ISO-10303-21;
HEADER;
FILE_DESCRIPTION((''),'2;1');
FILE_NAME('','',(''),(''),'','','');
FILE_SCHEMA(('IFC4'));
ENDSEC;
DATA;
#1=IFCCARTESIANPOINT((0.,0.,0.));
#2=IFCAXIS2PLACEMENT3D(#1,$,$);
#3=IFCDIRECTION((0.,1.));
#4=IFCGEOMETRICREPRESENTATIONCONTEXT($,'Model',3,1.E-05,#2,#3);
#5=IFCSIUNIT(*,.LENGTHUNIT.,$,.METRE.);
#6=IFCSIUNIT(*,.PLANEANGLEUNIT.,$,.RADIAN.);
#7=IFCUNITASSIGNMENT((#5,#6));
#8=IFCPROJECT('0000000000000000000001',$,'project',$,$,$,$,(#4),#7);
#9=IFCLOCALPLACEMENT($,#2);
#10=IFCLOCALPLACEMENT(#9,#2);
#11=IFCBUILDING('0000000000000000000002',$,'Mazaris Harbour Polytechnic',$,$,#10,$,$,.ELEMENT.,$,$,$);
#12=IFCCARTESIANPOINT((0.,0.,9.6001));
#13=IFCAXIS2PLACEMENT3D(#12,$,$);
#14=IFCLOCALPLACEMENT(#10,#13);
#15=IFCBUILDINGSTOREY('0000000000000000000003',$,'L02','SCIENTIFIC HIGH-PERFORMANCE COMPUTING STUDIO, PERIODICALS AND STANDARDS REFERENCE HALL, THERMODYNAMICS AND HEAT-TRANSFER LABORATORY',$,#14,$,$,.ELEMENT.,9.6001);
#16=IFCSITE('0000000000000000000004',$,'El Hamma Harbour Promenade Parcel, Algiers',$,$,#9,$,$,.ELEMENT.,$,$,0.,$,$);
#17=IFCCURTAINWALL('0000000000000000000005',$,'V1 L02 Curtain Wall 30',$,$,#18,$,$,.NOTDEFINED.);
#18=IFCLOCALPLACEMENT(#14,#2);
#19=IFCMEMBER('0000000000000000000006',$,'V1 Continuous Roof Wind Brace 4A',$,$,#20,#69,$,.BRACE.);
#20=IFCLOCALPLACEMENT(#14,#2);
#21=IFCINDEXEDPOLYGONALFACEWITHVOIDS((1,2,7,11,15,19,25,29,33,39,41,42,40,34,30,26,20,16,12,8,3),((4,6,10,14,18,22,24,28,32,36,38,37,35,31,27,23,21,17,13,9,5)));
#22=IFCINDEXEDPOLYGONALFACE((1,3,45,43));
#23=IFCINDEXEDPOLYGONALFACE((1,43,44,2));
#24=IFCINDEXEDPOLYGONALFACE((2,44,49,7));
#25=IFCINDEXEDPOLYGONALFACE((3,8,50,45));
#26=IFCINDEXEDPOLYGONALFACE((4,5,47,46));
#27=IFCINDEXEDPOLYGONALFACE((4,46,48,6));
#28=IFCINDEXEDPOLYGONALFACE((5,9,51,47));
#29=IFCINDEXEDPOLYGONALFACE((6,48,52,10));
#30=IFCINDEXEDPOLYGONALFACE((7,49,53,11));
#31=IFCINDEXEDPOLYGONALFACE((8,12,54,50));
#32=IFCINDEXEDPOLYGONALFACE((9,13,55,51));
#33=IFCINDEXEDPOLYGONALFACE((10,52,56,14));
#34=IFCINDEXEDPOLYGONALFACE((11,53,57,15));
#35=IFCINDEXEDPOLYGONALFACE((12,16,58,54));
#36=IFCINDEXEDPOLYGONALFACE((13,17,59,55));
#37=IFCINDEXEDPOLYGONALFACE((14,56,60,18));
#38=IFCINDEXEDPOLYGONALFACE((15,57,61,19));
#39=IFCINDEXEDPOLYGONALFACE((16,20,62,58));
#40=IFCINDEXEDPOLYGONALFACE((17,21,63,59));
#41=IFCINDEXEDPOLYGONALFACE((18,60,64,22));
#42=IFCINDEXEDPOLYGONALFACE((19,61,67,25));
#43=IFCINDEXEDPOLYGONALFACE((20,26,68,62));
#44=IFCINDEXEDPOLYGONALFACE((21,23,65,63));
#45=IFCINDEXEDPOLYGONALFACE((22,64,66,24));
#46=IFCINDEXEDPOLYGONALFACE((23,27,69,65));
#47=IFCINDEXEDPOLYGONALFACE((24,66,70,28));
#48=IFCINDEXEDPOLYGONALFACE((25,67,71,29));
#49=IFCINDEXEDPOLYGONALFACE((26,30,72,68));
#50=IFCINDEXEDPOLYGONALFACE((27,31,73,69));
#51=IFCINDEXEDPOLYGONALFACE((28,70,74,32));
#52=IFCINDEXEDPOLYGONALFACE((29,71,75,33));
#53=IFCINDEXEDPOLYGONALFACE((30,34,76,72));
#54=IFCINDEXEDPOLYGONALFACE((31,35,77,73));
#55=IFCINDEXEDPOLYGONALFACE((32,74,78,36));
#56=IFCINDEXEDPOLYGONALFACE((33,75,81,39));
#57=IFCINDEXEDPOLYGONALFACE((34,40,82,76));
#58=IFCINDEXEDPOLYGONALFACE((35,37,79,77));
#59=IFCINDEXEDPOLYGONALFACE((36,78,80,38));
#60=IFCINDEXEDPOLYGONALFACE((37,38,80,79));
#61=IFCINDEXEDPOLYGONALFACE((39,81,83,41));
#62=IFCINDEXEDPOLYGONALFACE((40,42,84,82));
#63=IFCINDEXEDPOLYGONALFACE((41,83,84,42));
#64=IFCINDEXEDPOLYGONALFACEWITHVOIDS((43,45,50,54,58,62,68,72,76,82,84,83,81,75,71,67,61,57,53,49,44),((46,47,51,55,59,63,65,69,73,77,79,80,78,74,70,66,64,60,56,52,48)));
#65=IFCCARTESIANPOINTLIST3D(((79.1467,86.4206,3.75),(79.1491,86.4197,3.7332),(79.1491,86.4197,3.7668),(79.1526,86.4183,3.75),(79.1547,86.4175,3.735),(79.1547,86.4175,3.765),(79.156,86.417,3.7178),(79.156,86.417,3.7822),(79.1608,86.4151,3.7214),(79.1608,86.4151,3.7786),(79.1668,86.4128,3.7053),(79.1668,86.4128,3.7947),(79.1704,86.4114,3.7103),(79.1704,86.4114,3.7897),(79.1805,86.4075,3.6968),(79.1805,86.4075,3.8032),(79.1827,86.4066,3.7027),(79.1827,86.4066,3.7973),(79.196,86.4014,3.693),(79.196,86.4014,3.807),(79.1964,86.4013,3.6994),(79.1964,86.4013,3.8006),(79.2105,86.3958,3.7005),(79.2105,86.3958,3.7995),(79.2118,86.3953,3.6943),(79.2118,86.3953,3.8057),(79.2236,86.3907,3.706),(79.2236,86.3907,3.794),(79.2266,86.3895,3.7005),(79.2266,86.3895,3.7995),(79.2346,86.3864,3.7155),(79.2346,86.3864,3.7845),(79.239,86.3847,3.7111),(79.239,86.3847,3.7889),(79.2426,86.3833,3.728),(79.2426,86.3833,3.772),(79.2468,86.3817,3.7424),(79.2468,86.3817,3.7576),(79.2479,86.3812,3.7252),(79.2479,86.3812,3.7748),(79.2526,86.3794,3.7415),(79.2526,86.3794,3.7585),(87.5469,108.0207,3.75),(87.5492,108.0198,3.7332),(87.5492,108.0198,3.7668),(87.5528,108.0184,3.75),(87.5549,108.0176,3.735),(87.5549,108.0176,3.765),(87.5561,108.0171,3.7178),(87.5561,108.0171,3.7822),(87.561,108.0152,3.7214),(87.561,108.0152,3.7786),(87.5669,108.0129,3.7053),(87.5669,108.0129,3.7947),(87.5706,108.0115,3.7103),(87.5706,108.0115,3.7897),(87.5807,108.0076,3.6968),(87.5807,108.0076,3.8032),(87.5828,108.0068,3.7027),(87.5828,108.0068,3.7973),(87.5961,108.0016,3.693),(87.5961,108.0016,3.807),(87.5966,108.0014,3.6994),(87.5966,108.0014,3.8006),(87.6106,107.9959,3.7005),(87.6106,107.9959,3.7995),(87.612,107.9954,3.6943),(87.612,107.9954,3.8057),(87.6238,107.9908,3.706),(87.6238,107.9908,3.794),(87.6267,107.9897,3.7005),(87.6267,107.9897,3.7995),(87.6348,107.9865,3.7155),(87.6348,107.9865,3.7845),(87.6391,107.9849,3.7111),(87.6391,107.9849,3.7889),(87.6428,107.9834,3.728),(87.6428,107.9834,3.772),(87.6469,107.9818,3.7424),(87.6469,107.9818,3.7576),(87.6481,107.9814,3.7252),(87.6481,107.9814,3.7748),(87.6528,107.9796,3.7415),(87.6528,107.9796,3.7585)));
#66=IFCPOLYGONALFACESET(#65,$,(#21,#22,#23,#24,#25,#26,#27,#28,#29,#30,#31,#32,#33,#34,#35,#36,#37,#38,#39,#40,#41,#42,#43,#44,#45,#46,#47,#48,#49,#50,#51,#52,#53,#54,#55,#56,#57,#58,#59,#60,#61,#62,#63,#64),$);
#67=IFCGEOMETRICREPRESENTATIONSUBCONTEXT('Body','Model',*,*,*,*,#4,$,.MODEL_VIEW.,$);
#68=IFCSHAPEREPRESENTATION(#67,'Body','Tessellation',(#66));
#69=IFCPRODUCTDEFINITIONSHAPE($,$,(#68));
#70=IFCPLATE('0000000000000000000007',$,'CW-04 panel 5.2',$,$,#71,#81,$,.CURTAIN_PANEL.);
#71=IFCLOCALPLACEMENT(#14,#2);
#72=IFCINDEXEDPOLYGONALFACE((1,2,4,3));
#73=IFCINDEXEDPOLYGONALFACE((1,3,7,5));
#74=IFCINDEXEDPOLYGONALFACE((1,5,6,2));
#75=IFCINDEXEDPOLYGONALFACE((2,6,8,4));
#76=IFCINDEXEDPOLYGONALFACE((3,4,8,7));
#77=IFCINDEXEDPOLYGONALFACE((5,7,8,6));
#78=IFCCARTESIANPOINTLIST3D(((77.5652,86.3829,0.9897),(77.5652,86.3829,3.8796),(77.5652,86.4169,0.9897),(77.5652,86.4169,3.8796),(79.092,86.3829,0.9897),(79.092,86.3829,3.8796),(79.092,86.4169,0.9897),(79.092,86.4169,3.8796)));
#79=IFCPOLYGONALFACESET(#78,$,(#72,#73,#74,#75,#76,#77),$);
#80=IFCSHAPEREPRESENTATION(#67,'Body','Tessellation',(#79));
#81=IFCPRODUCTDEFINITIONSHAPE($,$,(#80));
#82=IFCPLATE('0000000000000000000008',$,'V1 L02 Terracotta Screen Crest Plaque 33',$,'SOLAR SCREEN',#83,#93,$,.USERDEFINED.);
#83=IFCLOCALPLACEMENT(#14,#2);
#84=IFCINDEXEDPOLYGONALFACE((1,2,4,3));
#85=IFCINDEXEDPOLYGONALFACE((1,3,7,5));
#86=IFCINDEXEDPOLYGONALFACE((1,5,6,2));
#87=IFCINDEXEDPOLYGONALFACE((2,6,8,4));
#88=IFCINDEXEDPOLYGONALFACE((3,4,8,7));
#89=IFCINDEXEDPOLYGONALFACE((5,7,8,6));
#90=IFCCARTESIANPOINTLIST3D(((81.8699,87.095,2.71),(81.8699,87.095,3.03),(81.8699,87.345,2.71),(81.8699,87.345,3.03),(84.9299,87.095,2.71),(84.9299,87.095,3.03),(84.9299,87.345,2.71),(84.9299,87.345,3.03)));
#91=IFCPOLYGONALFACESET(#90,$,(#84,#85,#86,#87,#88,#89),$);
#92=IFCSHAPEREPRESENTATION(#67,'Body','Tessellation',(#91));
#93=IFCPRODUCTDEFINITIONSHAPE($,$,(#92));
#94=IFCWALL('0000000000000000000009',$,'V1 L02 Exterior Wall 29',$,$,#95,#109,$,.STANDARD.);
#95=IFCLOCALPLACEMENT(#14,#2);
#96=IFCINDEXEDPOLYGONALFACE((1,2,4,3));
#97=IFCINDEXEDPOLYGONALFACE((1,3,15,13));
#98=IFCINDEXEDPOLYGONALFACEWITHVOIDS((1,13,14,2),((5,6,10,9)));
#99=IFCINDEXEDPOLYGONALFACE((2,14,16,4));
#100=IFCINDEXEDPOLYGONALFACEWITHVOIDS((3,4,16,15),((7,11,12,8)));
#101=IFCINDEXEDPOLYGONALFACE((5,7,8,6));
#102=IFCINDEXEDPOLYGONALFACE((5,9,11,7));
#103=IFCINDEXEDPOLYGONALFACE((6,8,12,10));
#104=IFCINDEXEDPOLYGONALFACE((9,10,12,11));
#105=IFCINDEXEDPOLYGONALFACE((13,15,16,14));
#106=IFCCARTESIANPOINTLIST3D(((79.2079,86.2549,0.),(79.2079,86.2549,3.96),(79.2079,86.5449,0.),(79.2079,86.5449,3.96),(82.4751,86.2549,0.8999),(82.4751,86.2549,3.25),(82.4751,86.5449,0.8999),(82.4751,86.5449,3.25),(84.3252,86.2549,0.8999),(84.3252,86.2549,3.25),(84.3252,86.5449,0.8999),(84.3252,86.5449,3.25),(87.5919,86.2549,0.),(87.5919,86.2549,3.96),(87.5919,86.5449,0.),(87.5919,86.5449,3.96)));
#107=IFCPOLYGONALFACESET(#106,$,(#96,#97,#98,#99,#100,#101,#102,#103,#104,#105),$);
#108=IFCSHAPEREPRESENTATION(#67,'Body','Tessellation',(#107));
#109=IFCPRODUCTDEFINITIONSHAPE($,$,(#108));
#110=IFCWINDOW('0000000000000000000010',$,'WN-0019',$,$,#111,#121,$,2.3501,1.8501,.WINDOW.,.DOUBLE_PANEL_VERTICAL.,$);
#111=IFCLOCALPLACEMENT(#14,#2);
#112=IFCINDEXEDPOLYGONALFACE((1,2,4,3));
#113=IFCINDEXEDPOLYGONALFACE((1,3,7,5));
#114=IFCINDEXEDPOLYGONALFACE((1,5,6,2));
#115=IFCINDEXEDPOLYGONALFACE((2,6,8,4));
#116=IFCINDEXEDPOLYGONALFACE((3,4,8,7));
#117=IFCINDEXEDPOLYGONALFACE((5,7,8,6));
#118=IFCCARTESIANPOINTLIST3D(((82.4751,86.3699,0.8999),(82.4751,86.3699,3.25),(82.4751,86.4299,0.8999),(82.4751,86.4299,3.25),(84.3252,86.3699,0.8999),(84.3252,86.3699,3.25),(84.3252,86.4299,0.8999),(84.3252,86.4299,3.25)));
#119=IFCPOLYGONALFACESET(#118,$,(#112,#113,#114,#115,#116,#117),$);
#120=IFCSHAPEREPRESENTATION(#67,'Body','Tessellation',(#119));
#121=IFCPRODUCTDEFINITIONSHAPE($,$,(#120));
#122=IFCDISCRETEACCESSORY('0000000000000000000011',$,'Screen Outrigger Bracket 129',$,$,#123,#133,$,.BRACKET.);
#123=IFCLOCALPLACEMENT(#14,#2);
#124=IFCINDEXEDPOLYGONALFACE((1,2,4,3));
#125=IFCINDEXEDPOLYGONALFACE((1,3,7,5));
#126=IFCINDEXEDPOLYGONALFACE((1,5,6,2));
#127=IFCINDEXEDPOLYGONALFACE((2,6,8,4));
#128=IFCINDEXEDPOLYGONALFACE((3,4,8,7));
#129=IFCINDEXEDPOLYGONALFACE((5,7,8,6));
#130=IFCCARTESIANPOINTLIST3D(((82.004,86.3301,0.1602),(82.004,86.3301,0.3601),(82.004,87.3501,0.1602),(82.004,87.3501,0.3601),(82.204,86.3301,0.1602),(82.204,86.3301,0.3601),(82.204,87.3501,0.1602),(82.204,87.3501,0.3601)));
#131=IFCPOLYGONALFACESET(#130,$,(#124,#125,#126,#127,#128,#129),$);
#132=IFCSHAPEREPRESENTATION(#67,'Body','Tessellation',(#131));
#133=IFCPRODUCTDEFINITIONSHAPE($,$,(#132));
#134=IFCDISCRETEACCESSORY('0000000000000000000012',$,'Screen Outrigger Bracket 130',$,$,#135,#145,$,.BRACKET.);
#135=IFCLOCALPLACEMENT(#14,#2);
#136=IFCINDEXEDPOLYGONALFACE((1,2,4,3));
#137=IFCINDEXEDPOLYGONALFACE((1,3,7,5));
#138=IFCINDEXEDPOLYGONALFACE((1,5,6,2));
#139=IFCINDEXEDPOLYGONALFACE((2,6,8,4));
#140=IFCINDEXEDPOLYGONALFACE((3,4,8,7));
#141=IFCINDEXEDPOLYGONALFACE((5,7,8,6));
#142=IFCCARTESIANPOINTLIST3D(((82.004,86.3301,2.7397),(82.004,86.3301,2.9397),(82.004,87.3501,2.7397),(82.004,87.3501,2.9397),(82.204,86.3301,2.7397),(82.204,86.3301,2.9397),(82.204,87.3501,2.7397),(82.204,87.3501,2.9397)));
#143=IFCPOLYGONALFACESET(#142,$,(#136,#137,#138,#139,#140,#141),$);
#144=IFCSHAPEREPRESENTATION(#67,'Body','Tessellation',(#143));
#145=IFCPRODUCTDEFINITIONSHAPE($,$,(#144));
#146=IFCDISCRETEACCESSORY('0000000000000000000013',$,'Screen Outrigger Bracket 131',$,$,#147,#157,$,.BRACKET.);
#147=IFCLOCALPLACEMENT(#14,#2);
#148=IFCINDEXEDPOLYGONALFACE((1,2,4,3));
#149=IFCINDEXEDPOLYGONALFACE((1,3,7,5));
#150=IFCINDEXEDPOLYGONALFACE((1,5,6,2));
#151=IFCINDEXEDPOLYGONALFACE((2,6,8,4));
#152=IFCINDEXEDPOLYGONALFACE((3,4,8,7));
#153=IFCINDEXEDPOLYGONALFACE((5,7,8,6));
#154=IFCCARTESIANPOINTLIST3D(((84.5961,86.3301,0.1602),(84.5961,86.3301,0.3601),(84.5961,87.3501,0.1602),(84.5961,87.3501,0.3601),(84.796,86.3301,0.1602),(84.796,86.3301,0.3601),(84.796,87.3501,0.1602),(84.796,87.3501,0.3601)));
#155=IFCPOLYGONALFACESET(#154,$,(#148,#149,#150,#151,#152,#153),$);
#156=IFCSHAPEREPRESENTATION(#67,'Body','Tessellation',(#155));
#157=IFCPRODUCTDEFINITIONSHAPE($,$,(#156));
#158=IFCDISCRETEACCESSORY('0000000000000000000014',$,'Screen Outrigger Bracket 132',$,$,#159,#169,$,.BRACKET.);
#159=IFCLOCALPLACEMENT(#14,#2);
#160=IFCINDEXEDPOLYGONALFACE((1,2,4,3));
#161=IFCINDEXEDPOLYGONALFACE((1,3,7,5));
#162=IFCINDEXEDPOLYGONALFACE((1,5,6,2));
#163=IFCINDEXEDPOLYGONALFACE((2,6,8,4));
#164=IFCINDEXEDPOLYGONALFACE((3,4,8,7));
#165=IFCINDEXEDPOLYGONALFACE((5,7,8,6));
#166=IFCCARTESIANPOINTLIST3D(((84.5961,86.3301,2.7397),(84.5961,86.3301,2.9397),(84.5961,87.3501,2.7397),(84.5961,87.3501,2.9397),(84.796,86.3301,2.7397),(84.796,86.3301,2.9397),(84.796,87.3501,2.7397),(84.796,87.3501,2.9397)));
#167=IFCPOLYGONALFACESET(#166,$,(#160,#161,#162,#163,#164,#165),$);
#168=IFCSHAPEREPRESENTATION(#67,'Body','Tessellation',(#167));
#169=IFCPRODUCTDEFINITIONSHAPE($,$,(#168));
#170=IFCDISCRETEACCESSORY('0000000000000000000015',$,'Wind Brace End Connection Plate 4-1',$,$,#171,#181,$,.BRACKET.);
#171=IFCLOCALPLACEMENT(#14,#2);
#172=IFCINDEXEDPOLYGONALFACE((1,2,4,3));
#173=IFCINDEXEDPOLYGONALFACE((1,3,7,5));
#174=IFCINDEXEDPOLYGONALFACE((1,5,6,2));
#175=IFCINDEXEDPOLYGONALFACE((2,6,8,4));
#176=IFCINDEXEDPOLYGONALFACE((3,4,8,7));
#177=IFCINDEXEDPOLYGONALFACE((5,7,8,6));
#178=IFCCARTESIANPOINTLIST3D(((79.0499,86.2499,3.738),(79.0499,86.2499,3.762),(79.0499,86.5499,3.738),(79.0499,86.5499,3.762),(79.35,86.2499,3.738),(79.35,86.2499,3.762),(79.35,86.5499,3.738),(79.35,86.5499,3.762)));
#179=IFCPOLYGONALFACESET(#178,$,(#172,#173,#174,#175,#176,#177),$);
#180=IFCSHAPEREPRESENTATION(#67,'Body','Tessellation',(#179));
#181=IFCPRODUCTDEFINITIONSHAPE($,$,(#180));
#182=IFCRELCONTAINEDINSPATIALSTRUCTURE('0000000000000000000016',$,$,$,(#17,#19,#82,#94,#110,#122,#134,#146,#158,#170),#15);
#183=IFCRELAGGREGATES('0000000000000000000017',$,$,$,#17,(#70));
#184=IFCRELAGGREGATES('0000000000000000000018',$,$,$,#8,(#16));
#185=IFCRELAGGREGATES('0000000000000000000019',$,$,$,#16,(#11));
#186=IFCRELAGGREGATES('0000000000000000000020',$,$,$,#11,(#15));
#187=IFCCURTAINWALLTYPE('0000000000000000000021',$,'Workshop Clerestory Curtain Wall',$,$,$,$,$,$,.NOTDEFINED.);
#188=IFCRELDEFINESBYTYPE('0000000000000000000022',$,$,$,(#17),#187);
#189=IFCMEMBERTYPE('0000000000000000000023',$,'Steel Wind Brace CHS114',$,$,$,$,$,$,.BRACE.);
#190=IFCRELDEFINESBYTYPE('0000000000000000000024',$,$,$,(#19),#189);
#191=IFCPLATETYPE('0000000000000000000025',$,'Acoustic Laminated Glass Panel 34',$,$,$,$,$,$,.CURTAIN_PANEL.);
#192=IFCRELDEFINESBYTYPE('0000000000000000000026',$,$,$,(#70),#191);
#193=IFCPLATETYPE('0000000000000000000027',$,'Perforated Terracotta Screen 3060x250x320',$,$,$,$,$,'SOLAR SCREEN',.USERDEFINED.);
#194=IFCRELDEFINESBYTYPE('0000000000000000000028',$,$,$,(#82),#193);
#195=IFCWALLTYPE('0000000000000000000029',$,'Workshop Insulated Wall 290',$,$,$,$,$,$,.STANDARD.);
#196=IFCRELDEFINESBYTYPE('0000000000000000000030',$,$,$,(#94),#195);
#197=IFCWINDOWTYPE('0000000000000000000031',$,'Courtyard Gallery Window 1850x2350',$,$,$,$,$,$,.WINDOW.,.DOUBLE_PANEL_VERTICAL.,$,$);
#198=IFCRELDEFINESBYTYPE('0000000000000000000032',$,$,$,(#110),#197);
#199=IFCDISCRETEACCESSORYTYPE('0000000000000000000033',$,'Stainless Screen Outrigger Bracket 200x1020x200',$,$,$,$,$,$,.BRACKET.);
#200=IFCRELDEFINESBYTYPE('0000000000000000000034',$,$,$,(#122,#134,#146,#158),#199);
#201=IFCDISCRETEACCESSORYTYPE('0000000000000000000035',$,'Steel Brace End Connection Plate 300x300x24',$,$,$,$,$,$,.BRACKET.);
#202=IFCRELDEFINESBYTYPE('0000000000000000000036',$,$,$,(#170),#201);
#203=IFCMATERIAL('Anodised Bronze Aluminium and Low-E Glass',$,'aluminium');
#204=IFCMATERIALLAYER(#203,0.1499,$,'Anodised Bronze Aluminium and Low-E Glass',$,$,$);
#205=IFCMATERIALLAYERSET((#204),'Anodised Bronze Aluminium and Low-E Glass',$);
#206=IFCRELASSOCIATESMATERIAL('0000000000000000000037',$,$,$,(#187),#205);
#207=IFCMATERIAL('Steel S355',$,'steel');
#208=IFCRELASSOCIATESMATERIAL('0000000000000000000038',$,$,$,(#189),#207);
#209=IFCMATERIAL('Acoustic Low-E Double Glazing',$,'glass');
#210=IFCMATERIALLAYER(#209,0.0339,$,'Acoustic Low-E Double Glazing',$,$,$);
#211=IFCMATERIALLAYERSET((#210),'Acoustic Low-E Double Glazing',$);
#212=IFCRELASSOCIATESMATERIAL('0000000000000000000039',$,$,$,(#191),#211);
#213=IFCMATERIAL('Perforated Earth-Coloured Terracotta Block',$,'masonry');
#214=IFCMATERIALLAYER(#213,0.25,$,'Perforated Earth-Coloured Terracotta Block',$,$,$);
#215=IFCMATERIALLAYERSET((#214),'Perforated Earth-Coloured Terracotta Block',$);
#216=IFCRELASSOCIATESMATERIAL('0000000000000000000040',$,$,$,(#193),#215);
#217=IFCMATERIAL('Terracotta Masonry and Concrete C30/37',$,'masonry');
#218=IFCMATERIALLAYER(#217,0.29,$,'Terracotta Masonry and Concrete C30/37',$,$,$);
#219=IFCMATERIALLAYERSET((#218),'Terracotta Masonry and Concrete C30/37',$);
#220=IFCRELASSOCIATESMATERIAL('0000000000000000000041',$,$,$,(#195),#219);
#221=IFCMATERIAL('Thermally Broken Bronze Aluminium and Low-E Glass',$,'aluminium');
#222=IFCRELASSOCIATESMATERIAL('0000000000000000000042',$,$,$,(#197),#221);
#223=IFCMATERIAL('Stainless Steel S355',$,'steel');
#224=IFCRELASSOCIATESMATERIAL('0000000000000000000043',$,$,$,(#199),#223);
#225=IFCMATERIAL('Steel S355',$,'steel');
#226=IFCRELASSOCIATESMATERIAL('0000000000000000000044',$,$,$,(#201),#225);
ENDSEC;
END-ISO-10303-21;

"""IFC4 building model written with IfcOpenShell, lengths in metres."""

from ifc_helpers import new_model, si_unit, direction, frame, frame_2d, origin, origin_2d, place, context, subcontext, project, spatial, rectangle, hollow_circle, extrude, material, layer, layer_set, material_profile, profile_set, type_object, element, fill, aggregate, save


model = new_model("IFC4")

# Units and contexts
model_context = context("Model", 3, precision=1e-05, world=origin(), true_north=direction((0.0, 1.0)))
body_context = subcontext(model_context, "Body", "Model", "MODEL_VIEW")
ifc_project = project(units=[si_unit("LENGTHUNIT", "METRE"), si_unit("PLANEANGLEUNIT", "RADIAN")], contexts=[model_context])

# Site, building, storey
site_placement = place(None, origin())
site = spatial("IfcSite", under=ifc_project, at=site_placement, Name="El Hamma Harbour Promenade Parcel, Algiers", CompositionType="ELEMENT", RefElevation=0.0)
building_placement = place(site_placement, origin())
building = spatial("IfcBuilding", under=site, at=building_placement, Name="Mazaris Harbour Polytechnic", CompositionType="ELEMENT")
storey_placement = place(building_placement, frame((0.0, 0.0, 9.6001)))
storey = spatial("IfcBuildingStorey", under=building, at=storey_placement, Name="L02", Description="SCIENTIFIC HIGH-PERFORMANCE COMPUTING STUDIO, PERIODICALS AND STANDARDS REFERENCE HALL, THERMODYNAMICS AND HEAT-TRANSFER LABORATORY", CompositionType="ELEMENT", Elevation=9.6001)

# Curtain wall
ifc_material_1 = material(Name="Anodised Bronze Aluminium and Low-E Glass", Category="aluminium")
ifc_layer_1 = layer(ifc_material_1, 0.1499, Name="Anodised Bronze Aluminium and Low-E Glass")
ifc_layer_set_1 = layer_set([ifc_layer_1], Name="Anodised Bronze Aluminium and Low-E Glass")
curtain_wall_type = type_object("IfcCurtainWallType", Name="Workshop Clerestory Curtain Wall", PredefinedType="NOTDEFINED", material=ifc_layer_set_1)
curtain_wall_placement = place(storey_placement, origin())
curtain_wall = element("IfcCurtainWall", 1, at=curtain_wall_placement, inside=storey, type_object=curtain_wall_type, Name="V1 L02 Curtain Wall 30", PredefinedType="NOTDEFINED")

# Member
ifc_material_2 = material(Name="Steel S355", Category="steel")
ifc_material_profile_1 = material_profile(ifc_material_2, hollow_circle(Radius=0.0571, WallThickness=0.0063, at=origin_2d()), Name="CHS 114.3x6.3")
ifc_profile_set_1 = profile_set([ifc_material_profile_1], Name="Steel S355")
member_type_1 = type_object("IfcMemberType", Name="Steel Wind Brace CHS114", PredefinedType="BRACE", material=ifc_profile_set_1)
member_1_placement = place(storey_placement, frame((79.2, 86.3999, 3.75), z_axis=(0.36245, 0.932003, 0.0), x_axis=(-0.932003, 0.36245, 0.0)))
element("IfcMember", 2, at=member_1_placement, inside=storey, type_object=member_type_1, Name="V1 Continuous Roof Wind Brace 4A", PredefinedType="BRACE", context=body_context, shape_type="SweptSolid", body=[
    extrude(hollow_circle(Radius=0.0571, WallThickness=0.0063, at=origin_2d()), origin(), (0.0, 0.0, 1.0), 23.176),
])

# Plates
ifc_material_3 = material(Name="Acoustic Low-E Double Glazing", Category="glass")
ifc_layer_2 = layer(ifc_material_3, 0.0339, Name="Acoustic Low-E Double Glazing")
ifc_layer_set_2 = layer_set([ifc_layer_2], Name="Acoustic Low-E Double Glazing")
plate_type_1 = type_object("IfcPlateType", Name="Acoustic Laminated Glass Panel 34", PredefinedType="CURTAIN_PANEL", material=ifc_layer_set_2)
plate_1_placement = place(storey_placement, frame((78.3286, 86.3999, 0.9897), z_axis=(0.0, 0.0, 1.0), x_axis=(1.0, 0.0, 0.0)))
plate_1 = element("IfcPlate", 3, at=plate_1_placement, type_object=plate_type_1, Name="CW-04 panel 5.2", PredefinedType="CURTAIN_PANEL", context=body_context, shape_type="SweptSolid", body=[
    extrude(rectangle(XDim=1.5269, YDim=0.0339, at=origin_2d()), origin(), (0.0, 0.0, 1.0), 2.8899),
])
aggregate(curtain_wall, [plate_1])
ifc_material_4 = material(Name="Perforated Earth-Coloured Terracotta Block", Category="masonry")
ifc_layer_3 = layer(ifc_material_4, 0.25, Name="Perforated Earth-Coloured Terracotta Block")
ifc_layer_set_3 = layer_set([ifc_layer_3], Name="Perforated Earth-Coloured Terracotta Block")
plate_type_2 = type_object("IfcPlateType", Name="Perforated Terracotta Screen 3060x250x320", ElementType="SOLAR SCREEN", PredefinedType="USERDEFINED", material=ifc_layer_set_3)
plate_2_placement = place(storey_placement, frame((83.3999, 87.22, 2.71), z_axis=(0.0, 0.0, 1.0), x_axis=(1.0, 0.0, 0.0)))
element("IfcPlate", 4, at=plate_2_placement, inside=storey, type_object=plate_type_2, Name="V1 L02 Terracotta Screen Crest Plaque 33", ObjectType="SOLAR SCREEN", PredefinedType="USERDEFINED", context=body_context, shape_type="SweptSolid", body=[
    extrude(rectangle(XDim=3.0601, YDim=0.25, at=origin_2d()), origin(), (0.0, 0.0, 1.0), 0.3201),
])

# Wall, opening, window
ifc_material_5 = material(Name="Terracotta Masonry and Concrete C30/37", Category="masonry")
ifc_layer_4 = layer(ifc_material_5, 0.29, Name="Terracotta Masonry and Concrete C30/37")
ifc_layer_set_4 = layer_set([ifc_layer_4], Name="Terracotta Masonry and Concrete C30/37")
wall_type = type_object("IfcWallType", Name="Workshop Insulated Wall 290", PredefinedType="STANDARD", material=ifc_layer_set_4)
wall_placement = place(storey_placement, frame((79.208, 86.3999, 0.0), z_axis=(0.0, 0.0, 1.0), x_axis=(1.0, 0.0, 0.0)))
wall = element("IfcWall", 5, at=wall_placement, inside=storey, type_object=wall_type, Name="V1 L02 Exterior Wall 29", PredefinedType="STANDARD", context=body_context, shape_type="SweptSolid", body=[
    extrude(rectangle(XDim=8.384, YDim=0.29, at=frame_2d((4.1919, 0.0))), origin(), (0.0, 0.0, 1.0), 3.96),
])
opening_placement = place(wall_placement, frame((3.2671, 0.0, 0.8999)))
opening = element("IfcOpeningElement", 6, at=opening_placement, cuts=wall, PredefinedType="OPENING", context=body_context, shape_type="SweptSolid", body=[
    extrude(rectangle(XDim=1.8501, YDim=2.3501, at=frame_2d((0.925, 1.175))), frame((0.0, 0.155, 0.0), z_axis=(0.0, -1.0, 0.0), x_axis=(1.0, 0.0, 0.0)), (0.0, 0.0, 1.0), 0.3101),
])
ifc_material_6 = material(Name="Thermally Broken Bronze Aluminium and Low-E Glass", Category="aluminium")
window_type = type_object("IfcWindowType", Name="Courtyard Gallery Window 1850x2350", PartitioningType="DOUBLE_PANEL_VERTICAL", PredefinedType="WINDOW", material=ifc_material_6)
window_placement = place(opening_placement, origin())
window = element("IfcWindow", 7, at=window_placement, inside=storey, type_object=window_type, Name="WN-0019", OverallHeight=2.3501, OverallWidth=1.8501, PartitioningType="DOUBLE_PANEL_VERTICAL", PredefinedType="WINDOW", context=body_context, shape_type="SweptSolid", body=[
    extrude(rectangle(XDim=1.8501, YDim=2.3501, at=frame_2d((0.925, 1.175))), frame((0.0, 0.03, 0.0), z_axis=(0.0, -1.0, 0.0), x_axis=(1.0, 0.0, 0.0)), (0.0, 0.0, 1.0), 0.0601),
])
fill(opening, window)

# Discrete accessories
ifc_material_7 = material(Name="Stainless Steel S355", Category="steel")
discrete_accessory_type_1 = type_object("IfcDiscreteAccessoryType", Name="Stainless Screen Outrigger Bracket 200x1020x200", PredefinedType="BRACKET", material=ifc_material_7)
for number, where, z_axis, x_axis, name in (
    (8, (82.104, 86.8401, 0.1602), (0.0, 0.0, 1.0), (1.0, 0.0, 0.0), "Screen Outrigger Bracket 129"),
    (9, (82.104, 86.8401, 2.7397), (0.0, 0.0, 1.0), (1.0, 0.0, 0.0), "Screen Outrigger Bracket 130"),
    (10, (84.696, 86.8401, 0.1602), (0.0, 0.0, 1.0), (1.0, 0.0, 0.0), "Screen Outrigger Bracket 131"),
    (11, (84.696, 86.8401, 2.7397), (0.0, 0.0, 1.0), (1.0, 0.0, 0.0), "Screen Outrigger Bracket 132"),
):
    element("IfcDiscreteAccessory", number, at=place(storey_placement, frame(where, z_axis=z_axis, x_axis=x_axis)), inside=storey, type_object=discrete_accessory_type_1, Name=name, PredefinedType="BRACKET", context=body_context, shape_type="SweptSolid", body=[
        extrude(rectangle(XDim=0.2, YDim=1.02, at=origin_2d()), origin(), (0.0, 0.0, 1.0), 0.2),
    ])
ifc_material_8 = material(Name="Steel S355", Category="steel")
discrete_accessory_type_2 = type_object("IfcDiscreteAccessoryType", Name="Steel Brace End Connection Plate 300x300x24", PredefinedType="BRACKET", material=ifc_material_8)
discrete_accessory_placement = place(storey_placement, frame((79.2, 86.3999, 3.738), z_axis=(0.0, 0.0, 1.0), x_axis=(1.0, 0.0, 0.0)))
element("IfcDiscreteAccessory", 12, at=discrete_accessory_placement, inside=storey, type_object=discrete_accessory_type_2, Name="Wind Brace End Connection Plate 4-1", PredefinedType="BRACKET", context=body_context, shape_type="SweptSolid", body=[
    extrude(rectangle(XDim=0.3, YDim=0.3, at=origin_2d()), origin(), (0.0, 0.0, 1.0), 0.0239),
])

save(model, "model.ifc")
